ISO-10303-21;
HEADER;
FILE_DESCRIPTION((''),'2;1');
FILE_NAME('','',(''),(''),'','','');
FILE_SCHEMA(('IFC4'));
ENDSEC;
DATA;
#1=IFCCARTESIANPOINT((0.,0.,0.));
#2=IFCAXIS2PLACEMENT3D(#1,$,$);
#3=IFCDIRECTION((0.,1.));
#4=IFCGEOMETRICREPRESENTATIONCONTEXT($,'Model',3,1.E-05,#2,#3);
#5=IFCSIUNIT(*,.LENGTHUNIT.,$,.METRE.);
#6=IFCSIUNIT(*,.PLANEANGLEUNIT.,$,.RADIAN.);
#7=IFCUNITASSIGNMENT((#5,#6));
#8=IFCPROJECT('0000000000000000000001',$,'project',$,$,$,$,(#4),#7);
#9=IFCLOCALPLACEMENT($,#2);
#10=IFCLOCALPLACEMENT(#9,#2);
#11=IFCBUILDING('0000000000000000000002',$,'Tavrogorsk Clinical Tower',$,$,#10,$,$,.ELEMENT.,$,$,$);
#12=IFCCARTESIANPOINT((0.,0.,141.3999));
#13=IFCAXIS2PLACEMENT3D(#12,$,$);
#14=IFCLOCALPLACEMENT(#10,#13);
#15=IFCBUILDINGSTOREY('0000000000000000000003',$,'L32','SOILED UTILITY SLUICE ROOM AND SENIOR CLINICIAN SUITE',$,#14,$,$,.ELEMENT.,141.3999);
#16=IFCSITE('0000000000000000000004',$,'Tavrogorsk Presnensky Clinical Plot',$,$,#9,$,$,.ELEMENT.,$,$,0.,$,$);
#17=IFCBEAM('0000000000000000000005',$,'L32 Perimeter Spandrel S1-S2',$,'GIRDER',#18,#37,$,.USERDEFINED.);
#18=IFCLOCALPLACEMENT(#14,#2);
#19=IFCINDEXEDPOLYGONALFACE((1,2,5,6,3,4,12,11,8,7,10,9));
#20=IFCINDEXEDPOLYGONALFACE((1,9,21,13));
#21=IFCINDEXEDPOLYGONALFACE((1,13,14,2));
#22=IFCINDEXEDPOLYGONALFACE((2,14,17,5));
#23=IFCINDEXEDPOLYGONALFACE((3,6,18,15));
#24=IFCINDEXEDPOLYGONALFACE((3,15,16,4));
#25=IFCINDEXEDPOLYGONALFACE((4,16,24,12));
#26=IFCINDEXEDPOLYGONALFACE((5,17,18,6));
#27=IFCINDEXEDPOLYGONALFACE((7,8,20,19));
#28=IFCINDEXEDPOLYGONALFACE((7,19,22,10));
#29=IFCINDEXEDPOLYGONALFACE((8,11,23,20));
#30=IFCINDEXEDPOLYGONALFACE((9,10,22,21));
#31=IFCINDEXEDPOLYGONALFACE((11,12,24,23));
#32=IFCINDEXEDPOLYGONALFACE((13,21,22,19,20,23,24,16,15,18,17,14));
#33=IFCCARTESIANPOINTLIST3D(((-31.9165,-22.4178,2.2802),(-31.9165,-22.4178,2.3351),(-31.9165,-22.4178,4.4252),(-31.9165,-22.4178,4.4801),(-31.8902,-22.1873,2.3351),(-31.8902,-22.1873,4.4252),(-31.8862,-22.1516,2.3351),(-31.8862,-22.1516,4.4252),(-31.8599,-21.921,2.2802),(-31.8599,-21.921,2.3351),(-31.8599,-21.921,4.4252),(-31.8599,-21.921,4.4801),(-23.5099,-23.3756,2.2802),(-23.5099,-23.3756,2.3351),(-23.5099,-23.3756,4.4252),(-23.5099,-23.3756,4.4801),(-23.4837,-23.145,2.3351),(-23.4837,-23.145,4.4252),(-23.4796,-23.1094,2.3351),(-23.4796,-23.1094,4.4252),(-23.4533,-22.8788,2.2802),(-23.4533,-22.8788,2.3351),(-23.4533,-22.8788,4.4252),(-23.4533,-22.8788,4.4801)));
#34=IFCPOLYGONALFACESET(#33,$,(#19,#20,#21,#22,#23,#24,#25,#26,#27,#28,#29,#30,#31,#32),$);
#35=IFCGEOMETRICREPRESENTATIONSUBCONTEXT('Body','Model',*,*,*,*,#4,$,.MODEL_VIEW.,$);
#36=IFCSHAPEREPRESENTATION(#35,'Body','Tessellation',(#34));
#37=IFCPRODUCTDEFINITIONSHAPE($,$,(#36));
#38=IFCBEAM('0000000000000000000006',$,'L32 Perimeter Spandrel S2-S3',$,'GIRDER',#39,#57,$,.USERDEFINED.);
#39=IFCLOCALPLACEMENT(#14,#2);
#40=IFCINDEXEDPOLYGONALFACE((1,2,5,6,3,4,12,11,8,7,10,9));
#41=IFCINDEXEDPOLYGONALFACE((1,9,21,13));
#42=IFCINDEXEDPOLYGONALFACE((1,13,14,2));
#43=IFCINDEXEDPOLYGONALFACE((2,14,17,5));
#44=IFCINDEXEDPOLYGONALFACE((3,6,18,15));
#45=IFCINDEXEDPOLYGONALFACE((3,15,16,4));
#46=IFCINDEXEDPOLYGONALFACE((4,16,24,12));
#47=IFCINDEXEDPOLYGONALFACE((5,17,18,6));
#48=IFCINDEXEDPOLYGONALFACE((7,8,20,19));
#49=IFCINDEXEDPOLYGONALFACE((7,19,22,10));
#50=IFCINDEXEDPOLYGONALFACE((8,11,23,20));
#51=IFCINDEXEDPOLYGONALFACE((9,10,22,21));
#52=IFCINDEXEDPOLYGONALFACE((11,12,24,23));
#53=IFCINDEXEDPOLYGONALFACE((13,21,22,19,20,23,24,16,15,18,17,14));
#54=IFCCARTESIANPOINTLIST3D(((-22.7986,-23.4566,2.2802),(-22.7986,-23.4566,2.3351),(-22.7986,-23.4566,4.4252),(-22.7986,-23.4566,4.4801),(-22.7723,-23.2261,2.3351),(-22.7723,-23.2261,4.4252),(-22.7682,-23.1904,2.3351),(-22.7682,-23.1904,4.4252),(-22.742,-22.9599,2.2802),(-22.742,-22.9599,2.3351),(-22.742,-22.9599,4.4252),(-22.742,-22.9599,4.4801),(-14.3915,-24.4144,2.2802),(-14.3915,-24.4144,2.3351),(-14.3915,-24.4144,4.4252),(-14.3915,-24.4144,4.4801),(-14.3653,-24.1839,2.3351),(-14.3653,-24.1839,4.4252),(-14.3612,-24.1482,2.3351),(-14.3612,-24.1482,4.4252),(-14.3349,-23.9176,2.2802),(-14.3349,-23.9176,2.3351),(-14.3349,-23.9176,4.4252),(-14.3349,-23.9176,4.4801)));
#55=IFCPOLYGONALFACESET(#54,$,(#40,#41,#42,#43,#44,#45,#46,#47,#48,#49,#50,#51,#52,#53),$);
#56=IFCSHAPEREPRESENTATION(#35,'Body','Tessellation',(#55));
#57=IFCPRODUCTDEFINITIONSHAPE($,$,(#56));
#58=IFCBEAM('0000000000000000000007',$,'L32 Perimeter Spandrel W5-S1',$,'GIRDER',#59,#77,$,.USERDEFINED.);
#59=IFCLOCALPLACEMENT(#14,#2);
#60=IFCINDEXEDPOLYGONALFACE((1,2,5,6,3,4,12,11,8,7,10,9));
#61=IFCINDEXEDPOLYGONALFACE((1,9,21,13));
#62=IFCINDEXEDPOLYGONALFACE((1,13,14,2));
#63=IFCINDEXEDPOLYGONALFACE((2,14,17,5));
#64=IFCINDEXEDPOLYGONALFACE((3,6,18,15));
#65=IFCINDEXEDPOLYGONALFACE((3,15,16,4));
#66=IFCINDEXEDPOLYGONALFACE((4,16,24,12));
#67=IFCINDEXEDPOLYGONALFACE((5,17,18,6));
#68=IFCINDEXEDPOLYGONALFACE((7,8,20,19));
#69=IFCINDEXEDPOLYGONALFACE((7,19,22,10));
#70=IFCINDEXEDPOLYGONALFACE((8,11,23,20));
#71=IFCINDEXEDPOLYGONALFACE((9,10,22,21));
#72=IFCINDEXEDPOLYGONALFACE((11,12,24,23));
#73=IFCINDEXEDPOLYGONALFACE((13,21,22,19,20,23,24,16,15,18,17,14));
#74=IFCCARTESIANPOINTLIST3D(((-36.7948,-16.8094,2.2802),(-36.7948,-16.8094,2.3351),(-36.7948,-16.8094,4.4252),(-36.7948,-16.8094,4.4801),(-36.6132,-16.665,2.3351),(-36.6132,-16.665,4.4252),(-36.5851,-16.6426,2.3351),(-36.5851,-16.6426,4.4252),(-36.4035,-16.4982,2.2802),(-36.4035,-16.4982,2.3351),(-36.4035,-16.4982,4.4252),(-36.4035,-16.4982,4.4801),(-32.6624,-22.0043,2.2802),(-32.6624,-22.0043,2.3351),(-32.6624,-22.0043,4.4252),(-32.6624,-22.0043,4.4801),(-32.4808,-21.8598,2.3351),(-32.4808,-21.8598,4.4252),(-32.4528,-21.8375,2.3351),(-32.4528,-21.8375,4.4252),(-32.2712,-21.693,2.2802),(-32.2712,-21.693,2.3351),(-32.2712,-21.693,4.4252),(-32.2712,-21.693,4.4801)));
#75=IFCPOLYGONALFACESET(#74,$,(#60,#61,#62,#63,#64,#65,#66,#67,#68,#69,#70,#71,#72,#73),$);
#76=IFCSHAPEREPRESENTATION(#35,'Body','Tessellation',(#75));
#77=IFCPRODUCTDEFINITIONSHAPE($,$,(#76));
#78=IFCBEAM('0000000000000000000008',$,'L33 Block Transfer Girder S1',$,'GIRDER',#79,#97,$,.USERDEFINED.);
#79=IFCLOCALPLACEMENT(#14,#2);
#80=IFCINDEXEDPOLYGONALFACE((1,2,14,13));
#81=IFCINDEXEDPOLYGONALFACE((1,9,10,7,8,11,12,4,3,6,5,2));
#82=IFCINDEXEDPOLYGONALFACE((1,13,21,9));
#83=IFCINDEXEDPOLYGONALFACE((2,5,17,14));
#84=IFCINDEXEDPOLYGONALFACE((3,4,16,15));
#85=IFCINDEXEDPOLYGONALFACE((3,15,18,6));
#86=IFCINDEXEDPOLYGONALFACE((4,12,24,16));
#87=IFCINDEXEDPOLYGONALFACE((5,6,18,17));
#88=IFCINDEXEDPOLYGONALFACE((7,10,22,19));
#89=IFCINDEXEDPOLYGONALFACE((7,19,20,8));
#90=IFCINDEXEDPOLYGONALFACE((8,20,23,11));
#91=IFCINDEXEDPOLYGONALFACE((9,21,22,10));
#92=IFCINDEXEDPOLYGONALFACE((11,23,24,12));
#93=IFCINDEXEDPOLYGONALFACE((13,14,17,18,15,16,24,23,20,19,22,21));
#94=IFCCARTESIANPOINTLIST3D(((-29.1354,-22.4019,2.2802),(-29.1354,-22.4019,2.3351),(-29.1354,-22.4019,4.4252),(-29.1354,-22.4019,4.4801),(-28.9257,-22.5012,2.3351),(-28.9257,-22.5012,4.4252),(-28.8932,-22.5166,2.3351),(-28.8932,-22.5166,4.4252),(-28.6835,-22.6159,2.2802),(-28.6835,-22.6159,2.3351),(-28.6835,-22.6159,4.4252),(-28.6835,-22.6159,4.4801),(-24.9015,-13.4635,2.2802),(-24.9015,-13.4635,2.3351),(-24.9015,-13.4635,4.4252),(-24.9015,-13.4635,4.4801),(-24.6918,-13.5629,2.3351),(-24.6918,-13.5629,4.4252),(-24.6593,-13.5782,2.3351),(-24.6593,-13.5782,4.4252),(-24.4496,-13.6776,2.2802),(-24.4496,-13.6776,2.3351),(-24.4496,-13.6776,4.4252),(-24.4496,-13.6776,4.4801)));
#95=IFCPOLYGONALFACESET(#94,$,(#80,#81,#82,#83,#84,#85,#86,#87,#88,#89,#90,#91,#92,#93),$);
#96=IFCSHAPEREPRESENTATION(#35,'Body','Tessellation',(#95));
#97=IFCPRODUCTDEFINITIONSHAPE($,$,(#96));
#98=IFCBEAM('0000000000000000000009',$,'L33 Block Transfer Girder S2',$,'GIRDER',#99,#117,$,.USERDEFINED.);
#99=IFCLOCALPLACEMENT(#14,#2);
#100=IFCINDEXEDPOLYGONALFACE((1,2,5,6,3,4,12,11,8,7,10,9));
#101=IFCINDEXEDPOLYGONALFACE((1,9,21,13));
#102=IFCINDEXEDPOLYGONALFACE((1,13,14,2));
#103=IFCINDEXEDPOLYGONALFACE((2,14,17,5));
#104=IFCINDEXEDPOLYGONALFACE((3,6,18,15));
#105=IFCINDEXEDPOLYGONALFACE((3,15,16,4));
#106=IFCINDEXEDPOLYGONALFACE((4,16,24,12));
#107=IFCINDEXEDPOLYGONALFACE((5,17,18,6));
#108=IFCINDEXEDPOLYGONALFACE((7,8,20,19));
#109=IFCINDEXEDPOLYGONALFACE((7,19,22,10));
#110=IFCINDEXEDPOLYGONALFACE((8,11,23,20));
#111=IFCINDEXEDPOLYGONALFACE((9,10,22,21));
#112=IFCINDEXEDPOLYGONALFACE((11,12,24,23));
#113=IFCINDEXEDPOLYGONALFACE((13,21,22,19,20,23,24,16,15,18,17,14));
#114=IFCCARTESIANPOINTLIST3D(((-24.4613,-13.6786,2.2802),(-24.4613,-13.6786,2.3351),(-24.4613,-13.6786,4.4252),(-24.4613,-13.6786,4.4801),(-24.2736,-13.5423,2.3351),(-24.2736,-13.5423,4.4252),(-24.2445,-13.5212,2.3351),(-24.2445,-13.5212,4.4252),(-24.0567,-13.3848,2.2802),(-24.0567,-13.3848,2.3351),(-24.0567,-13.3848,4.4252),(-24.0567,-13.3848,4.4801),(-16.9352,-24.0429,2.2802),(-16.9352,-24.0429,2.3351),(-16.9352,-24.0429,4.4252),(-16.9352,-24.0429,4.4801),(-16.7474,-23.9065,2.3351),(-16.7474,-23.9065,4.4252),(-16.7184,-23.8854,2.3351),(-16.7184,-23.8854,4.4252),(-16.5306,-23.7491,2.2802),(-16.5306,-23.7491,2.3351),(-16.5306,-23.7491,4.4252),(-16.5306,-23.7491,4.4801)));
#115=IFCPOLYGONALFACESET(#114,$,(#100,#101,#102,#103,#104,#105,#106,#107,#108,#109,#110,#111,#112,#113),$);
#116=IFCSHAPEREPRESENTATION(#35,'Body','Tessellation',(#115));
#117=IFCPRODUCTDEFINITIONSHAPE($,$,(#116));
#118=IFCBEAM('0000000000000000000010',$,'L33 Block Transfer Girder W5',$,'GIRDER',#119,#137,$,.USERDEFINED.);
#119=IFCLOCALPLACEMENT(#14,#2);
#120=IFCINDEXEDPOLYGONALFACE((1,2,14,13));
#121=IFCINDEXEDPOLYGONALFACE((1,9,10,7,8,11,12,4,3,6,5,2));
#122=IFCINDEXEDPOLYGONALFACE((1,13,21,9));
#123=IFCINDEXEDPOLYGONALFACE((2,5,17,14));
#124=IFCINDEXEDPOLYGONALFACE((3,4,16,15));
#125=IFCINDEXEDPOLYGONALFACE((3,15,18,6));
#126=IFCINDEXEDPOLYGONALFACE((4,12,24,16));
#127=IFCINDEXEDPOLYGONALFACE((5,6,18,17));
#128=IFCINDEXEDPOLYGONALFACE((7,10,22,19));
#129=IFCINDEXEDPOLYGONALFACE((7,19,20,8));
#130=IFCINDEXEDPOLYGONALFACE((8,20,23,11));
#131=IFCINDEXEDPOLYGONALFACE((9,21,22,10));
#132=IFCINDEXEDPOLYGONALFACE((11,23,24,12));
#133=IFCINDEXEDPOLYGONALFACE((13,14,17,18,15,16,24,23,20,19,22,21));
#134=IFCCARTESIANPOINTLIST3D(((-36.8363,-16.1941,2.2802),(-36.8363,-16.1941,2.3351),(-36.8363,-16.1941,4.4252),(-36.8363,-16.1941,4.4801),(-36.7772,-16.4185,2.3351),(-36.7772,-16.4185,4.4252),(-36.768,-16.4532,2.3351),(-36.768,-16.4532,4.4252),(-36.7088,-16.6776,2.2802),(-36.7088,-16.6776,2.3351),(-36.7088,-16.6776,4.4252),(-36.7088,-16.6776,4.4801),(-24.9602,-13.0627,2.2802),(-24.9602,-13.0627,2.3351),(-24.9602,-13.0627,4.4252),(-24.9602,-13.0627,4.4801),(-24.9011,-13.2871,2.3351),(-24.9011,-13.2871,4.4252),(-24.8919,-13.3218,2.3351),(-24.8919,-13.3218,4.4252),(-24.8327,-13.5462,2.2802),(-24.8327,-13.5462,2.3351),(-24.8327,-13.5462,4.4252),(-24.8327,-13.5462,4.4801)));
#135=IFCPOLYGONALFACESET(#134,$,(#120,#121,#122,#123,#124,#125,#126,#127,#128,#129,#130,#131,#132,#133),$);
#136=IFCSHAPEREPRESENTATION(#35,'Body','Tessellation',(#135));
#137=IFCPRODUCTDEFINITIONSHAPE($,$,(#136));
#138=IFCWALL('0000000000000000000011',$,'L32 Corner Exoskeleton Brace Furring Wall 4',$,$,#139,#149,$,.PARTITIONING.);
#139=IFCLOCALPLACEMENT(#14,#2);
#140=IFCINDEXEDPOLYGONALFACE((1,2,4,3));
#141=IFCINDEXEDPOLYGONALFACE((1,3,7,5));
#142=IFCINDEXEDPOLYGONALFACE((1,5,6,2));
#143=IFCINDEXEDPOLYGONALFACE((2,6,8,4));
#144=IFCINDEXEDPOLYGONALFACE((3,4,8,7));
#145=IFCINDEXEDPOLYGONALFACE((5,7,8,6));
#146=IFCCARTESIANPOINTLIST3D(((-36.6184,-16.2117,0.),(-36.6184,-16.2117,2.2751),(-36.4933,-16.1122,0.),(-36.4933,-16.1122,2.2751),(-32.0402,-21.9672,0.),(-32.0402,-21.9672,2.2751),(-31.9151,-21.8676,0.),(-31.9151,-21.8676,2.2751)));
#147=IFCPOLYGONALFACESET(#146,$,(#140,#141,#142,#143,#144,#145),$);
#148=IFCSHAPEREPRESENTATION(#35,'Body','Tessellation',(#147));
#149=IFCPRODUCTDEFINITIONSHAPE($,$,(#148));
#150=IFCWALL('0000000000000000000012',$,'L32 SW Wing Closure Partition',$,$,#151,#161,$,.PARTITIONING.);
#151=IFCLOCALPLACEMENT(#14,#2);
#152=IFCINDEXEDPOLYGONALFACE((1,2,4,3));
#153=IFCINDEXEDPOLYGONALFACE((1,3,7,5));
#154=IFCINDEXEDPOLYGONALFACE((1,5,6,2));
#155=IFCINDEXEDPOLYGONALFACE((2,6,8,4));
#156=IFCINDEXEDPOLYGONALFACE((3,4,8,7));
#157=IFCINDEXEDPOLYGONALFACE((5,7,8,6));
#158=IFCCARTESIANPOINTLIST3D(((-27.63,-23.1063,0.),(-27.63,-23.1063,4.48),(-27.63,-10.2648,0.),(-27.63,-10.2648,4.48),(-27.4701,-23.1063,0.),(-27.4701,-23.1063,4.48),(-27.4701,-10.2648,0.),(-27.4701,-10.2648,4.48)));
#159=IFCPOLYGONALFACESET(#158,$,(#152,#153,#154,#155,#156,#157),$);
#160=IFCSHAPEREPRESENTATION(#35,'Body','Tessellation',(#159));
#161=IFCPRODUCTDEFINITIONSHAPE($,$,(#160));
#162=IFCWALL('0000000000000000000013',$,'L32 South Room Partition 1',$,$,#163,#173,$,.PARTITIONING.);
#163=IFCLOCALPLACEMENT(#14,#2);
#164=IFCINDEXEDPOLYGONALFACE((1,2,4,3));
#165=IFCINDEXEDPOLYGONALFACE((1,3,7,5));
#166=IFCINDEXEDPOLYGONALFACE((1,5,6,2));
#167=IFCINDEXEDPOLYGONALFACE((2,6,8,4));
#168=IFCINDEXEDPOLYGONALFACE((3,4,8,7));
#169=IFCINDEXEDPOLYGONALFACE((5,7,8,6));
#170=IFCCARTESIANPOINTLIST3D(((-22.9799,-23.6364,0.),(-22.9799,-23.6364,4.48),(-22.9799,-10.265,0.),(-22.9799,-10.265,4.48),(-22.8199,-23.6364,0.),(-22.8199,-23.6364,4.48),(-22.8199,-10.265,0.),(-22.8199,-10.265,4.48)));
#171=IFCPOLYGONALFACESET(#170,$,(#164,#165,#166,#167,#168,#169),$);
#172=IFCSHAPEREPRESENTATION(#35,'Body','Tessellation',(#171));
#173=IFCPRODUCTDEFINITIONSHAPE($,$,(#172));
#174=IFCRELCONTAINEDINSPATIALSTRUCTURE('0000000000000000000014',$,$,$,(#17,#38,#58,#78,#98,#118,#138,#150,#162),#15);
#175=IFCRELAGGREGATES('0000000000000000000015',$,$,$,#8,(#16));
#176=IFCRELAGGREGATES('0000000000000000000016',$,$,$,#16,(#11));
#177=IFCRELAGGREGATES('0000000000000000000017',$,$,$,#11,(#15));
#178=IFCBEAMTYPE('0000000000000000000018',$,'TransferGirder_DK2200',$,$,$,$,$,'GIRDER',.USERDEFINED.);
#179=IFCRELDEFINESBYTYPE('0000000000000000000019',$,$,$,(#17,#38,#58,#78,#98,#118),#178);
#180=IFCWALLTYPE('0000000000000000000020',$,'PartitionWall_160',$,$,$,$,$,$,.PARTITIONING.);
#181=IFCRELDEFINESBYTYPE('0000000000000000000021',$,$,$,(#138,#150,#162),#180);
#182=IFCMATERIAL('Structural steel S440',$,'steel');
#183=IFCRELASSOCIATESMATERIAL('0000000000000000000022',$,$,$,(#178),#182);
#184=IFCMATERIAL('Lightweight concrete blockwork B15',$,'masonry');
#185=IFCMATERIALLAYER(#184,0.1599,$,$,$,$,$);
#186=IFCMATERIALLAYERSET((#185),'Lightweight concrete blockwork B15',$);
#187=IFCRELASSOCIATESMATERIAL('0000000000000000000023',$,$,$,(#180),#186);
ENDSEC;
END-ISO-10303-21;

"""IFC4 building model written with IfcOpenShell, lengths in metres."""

from ifc_helpers import new_model, si_unit, direction, frame, frame_2d, origin, origin_2d, place, context, subcontext, project, spatial, rectangle, i_section, extrude, material, layer, layer_set, material_profile, profile_set, type_object, element, save


model = new_model("IFC4")

# Units and contexts
model_context = context("Model", 3, precision=1e-05, world=origin(), true_north=direction((0.0, 1.0)))
body_context = subcontext(model_context, "Body", "Model", "MODEL_VIEW")
ifc_project = project(units=[si_unit("LENGTHUNIT", "METRE"), si_unit("PLANEANGLEUNIT", "RADIAN")], contexts=[model_context])

# Site, building, storey
site_placement = place(None, origin())
site = spatial("IfcSite", under=ifc_project, at=site_placement, Name="Tavrogorsk Presnensky Clinical Plot", CompositionType="ELEMENT", RefElevation=0.0)
building_placement = place(site_placement, origin())
building = spatial("IfcBuilding", under=site, at=building_placement, Name="Tavrogorsk Clinical Tower", CompositionType="ELEMENT")
storey_placement = place(building_placement, frame((0.0, 0.0, 141.3999)))
storey = spatial("IfcBuildingStorey", under=building, at=storey_placement, Name="L32", Description="SOILED UTILITY SLUICE ROOM AND SENIOR CLINICIAN SUITE", CompositionType="ELEMENT", Elevation=141.3999)

# Beams
ifc_material_1 = material(Name="Structural steel S440", Category="steel")
ifc_material_profile_1 = material_profile(ifc_material_1, i_section(OverallWidth=0.5, OverallDepth=2.2, WebThickness=0.0359, FlangeThickness=0.0549, at=origin_2d()), Name="DK-2200x500x36x55")
ifc_profile_set_1 = profile_set([ifc_material_profile_1], Name="Structural steel S440")
beam_type_1 = type_object("IfcBeamType", Name="TransferGirder_DK2200", ElementType="GIRDER", PredefinedType="USERDEFINED", material=ifc_profile_set_1)
beam_1_placement = place(storey_placement, frame((-31.8882, -22.1694, 3.3801), z_axis=(0.993572, -0.113199, 0.0), x_axis=(0.113199, 0.993572, 0.0)))
element("IfcBeam", 1, at=beam_1_placement, inside=storey, type_object=beam_type_1, Name="L32 Perimeter Spandrel S1-S2", ObjectType="GIRDER", PredefinedType="USERDEFINED", context=body_context, shape_type="SweptSolid", body=[
    extrude(i_section(OverallWidth=0.5, OverallDepth=2.2, WebThickness=0.0359, FlangeThickness=0.0549, at=origin_2d()), origin(), (0.0, 0.0, 1.0), 8.4609),
])
beam_2_placement = place(storey_placement, frame((-22.7703, -23.2083, 3.3801), z_axis=(0.993573, -0.113193, 0.0), x_axis=(0.113193, 0.993573, 0.0)))
element("IfcBeam", 2, at=beam_2_placement, inside=storey, type_object=beam_type_1, Name="L32 Perimeter Spandrel S2-S3", ObjectType="GIRDER", PredefinedType="USERDEFINED", context=body_context, shape_type="SweptSolid", body=[
    extrude(i_section(OverallWidth=0.5, OverallDepth=2.2, WebThickness=0.0359, FlangeThickness=0.0549, at=origin_2d()), origin(), (0.0, 0.0, 1.0), 8.4614),
])
beam_3_placement = place(storey_placement, frame((-36.5991, -16.6538, 3.3801), z_axis=(0.622531, -0.782595, 0.0), x_axis=(0.782595, 0.622531, 0.0)))
element("IfcBeam", 3, at=beam_3_placement, inside=storey, type_object=beam_type_1, Name="L32 Perimeter Spandrel W5-S1", ObjectType="GIRDER", PredefinedType="USERDEFINED", context=body_context, shape_type="SweptSolid", body=[
    extrude(i_section(OverallWidth=0.5, OverallDepth=2.2, WebThickness=0.0359, FlangeThickness=0.0549, at=origin_2d()), origin(), (0.0, 0.0, 1.0), 6.6379),
])
beam_4_placement = place(storey_placement, frame((-24.6755, -13.5706, 3.3801), z_axis=(-0.428085, -0.903738, 0.0), x_axis=(0.903738, -0.428085, 0.0)))
element("IfcBeam", 4, at=beam_4_placement, inside=storey, type_object=beam_type_1, Name="L33 Block Transfer Girder S1", ObjectType="GIRDER", PredefinedType="USERDEFINED", context=body_context, shape_type="SweptSolid", body=[
    extrude(i_section(OverallWidth=0.5, OverallDepth=2.2, WebThickness=0.0359, FlangeThickness=0.0549, at=origin_2d()), origin(), (0.0, 0.0, 1.0), 9.8904),
])
beam_5_placement = place(storey_placement, frame((-24.259, -13.5317, 3.3801), z_axis=(0.587583, -0.809164, 0.0), x_axis=(0.809164, 0.587583, 0.0)))
element("IfcBeam", 5, at=beam_5_placement, inside=storey, type_object=beam_type_1, Name="L33 Block Transfer Girder S2", ObjectType="GIRDER", PredefinedType="USERDEFINED", context=body_context, shape_type="SweptSolid", body=[
    extrude(i_section(OverallWidth=0.5, OverallDepth=2.2, WebThickness=0.0359, FlangeThickness=0.0549, at=origin_2d()), origin(), (0.0, 0.0, 1.0), 12.8086),
])
beam_6_placement = place(storey_placement, frame((-24.8965, -13.3044, 3.3801), z_axis=(-0.966952, -0.254957, 0.0), x_axis=(0.254957, -0.966952, 0.0)))
element("IfcBeam", 6, at=beam_6_placement, inside=storey, type_object=beam_type_1, Name="L33 Block Transfer Girder W5", ObjectType="GIRDER", PredefinedType="USERDEFINED", context=body_context, shape_type="SweptSolid", body=[
    extrude(i_section(OverallWidth=0.5, OverallDepth=2.2, WebThickness=0.0359, FlangeThickness=0.0549, at=origin_2d()), origin(), (0.0, 0.0, 1.0), 12.282),
])

# Walls
ifc_material_2 = material(Name="Lightweight concrete blockwork B15", Category="masonry")
ifc_layer_1 = layer(ifc_material_2, 0.1599)
ifc_layer_set_1 = layer_set([ifc_layer_1], Name="Lightweight concrete blockwork B15")
wall_type_1 = type_object("IfcWallType", Name="PartitionWall_160", PredefinedType="PARTITIONING", material=ifc_layer_set_1)
wall_1_placement = place(storey_placement, frame((-36.5559, -16.1619, 0.0), z_axis=(0.0, 0.0, 1.0), x_axis=(0.622523, -0.782602, 0.0)))
element("IfcWall", 7, at=wall_1_placement, inside=storey, type_object=wall_type_1, Name="L32 Corner Exoskeleton Brace Furring Wall 4", PredefinedType="PARTITIONING", context=body_context, shape_type="SweptSolid", body=[
    extrude(rectangle(XDim=7.3542, YDim=0.1599, at=frame_2d((3.6772, 0.0))), origin(), (0.0, 0.0, 1.0), 2.2751),
])
wall_2_placement = place(storey_placement, frame((-27.55, -23.1064, 0.0), z_axis=(0.0, 0.0, 1.0), x_axis=(0.0, 1.0, 0.0)))
element("IfcWall", 8, at=wall_2_placement, inside=storey, type_object=wall_type_1, Name="L32 SW Wing Closure Partition", PredefinedType="PARTITIONING", context=body_context, shape_type="SweptSolid", body=[
    extrude(rectangle(XDim=12.8416, YDim=0.1599, at=frame_2d((6.4209, 0.0))), origin(), (0.0, 0.0, 1.0), 4.48),
])
wall_3_placement = place(storey_placement, frame((-22.8999, -23.6362, 0.0), z_axis=(0.0, 0.0, 1.0), x_axis=(0.0, 1.0, 0.0)))
element("IfcWall", 9, at=wall_3_placement, inside=storey, type_object=wall_type_1, Name="L32 South Room Partition 1", PredefinedType="PARTITIONING", context=body_context, shape_type="SweptSolid", body=[
    extrude(rectangle(XDim=13.3713, YDim=0.1599, at=frame_2d((6.6855, 0.0))), origin(), (0.0, 0.0, 1.0), 4.48),
])

save(model, "model.ifc")
